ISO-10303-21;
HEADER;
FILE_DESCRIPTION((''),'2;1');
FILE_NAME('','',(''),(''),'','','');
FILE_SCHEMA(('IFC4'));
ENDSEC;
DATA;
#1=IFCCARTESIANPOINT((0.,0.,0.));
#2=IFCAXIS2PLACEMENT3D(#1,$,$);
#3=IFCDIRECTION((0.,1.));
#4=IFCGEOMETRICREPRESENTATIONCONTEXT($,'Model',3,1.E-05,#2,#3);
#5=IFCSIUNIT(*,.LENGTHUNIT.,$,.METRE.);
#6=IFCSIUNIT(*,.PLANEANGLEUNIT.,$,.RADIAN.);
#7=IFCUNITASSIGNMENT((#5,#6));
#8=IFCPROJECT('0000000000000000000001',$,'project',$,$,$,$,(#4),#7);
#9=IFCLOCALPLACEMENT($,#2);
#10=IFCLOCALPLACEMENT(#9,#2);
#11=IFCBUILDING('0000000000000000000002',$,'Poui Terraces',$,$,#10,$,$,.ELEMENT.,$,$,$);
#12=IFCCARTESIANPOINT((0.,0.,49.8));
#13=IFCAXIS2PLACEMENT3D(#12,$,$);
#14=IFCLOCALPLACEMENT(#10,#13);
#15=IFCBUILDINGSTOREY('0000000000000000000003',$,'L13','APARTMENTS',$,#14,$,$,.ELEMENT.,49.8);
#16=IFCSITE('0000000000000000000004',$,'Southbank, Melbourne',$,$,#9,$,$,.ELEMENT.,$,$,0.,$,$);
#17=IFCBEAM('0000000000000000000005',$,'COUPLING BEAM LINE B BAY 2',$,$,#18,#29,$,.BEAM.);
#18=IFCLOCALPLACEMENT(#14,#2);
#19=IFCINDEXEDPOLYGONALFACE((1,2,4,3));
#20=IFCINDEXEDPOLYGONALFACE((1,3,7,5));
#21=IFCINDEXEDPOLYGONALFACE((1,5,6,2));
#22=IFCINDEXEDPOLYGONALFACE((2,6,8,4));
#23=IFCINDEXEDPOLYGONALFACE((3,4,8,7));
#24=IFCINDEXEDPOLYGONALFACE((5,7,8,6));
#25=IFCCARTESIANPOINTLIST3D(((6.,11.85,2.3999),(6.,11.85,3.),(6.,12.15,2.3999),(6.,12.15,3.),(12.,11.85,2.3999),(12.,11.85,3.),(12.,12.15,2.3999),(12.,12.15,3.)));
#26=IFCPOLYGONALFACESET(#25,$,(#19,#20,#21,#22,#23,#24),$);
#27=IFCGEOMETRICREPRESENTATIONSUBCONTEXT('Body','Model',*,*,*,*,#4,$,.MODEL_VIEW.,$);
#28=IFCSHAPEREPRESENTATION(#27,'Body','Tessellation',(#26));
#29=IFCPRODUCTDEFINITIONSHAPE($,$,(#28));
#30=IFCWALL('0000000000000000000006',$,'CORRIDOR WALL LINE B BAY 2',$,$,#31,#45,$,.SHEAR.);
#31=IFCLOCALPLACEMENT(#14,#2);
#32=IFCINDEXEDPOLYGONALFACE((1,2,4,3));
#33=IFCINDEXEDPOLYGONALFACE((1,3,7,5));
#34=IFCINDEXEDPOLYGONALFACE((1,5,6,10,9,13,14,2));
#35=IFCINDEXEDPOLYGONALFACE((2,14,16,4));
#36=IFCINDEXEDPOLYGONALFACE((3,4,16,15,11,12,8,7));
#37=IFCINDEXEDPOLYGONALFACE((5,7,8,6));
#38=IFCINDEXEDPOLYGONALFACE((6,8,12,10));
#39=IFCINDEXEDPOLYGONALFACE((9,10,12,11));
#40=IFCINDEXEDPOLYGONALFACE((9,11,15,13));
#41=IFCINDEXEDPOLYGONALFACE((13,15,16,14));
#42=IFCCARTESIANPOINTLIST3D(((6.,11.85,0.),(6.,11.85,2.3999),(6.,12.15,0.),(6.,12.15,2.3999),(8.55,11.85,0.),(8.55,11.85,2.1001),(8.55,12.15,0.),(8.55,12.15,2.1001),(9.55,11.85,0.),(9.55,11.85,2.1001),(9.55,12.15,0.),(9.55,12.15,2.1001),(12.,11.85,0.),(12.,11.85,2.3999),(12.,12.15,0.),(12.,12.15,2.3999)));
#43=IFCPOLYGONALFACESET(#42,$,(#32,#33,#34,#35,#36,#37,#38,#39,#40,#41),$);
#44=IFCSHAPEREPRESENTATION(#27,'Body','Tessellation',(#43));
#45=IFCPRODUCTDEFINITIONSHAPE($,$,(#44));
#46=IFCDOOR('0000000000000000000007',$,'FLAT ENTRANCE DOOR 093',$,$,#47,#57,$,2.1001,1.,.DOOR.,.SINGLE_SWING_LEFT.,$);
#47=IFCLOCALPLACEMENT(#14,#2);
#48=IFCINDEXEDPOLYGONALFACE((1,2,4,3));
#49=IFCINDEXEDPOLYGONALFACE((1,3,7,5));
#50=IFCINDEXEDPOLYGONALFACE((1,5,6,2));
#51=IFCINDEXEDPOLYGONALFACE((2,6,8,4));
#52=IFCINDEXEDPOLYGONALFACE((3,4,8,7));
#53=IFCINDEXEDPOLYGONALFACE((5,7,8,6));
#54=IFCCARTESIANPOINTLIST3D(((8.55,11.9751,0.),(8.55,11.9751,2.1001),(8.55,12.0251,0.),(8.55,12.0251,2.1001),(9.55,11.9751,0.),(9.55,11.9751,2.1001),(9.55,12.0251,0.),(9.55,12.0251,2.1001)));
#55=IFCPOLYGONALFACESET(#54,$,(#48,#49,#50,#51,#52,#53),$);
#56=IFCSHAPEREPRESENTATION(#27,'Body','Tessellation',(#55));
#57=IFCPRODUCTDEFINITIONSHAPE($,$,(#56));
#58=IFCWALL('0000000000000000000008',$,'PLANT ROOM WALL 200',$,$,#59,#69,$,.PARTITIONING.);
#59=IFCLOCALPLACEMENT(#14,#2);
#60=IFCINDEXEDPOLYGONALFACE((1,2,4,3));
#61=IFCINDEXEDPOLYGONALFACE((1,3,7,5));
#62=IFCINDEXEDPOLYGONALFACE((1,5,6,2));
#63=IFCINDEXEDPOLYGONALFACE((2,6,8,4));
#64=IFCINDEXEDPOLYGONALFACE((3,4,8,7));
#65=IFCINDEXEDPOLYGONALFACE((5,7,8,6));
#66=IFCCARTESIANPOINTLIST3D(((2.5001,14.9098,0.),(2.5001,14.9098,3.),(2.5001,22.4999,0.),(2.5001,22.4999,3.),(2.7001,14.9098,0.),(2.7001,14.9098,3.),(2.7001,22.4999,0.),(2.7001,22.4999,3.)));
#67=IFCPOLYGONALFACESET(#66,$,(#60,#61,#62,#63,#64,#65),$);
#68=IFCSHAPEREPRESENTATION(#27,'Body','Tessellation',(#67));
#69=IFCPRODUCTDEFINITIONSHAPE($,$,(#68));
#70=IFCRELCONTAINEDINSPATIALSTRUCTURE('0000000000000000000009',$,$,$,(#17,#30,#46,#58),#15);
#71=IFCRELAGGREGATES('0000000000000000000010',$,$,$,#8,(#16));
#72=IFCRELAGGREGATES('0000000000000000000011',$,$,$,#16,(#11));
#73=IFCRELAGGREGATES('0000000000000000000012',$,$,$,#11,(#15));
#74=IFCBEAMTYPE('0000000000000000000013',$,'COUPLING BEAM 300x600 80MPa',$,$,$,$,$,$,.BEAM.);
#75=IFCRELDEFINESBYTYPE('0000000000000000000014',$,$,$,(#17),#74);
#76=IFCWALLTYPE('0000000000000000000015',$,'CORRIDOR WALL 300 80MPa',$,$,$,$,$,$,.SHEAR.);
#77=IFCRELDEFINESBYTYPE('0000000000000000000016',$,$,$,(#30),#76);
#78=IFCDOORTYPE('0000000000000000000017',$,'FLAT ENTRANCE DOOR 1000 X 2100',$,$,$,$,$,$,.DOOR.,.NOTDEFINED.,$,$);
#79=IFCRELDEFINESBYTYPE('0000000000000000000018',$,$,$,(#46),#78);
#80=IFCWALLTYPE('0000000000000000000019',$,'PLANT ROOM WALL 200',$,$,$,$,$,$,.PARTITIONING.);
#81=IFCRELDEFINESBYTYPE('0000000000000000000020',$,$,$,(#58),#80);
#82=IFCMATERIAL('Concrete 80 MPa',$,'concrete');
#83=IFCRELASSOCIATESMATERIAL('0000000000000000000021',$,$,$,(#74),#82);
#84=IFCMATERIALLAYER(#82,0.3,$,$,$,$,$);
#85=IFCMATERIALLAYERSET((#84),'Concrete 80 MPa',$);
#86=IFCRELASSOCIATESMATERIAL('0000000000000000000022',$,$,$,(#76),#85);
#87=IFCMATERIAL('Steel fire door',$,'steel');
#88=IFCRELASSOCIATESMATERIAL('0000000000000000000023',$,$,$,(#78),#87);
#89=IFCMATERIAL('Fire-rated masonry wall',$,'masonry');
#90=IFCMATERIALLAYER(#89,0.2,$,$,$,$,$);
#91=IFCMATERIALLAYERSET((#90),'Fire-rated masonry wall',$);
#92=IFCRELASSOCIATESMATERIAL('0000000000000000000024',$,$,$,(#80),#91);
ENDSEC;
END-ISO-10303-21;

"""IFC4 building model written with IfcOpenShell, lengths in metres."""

from ifc_helpers import new_model, si_unit, direction, frame, frame_2d, origin, origin_2d, place, context, subcontext, project, spatial, rectangle, extrude, source, transform, mapped, material, layer, layer_set, material_profile, profile_set, type_object, element, fill, save


model = new_model("IFC4")

# Units and contexts
model_context = context("Model", 3, precision=1e-05, world=origin(), true_north=direction((0.0, 1.0)))
body_context = subcontext(model_context, "Body", "Model", "MODEL_VIEW")
ifc_project = project(units=[si_unit("LENGTHUNIT", "METRE"), si_unit("PLANEANGLEUNIT", "RADIAN")], contexts=[model_context])

# Site, building, storey
site_placement = place(None, origin())
site = spatial("IfcSite", under=ifc_project, at=site_placement, Name="Southbank, Melbourne", CompositionType="ELEMENT", RefElevation=0.0)
building_placement = place(site_placement, origin())
building = spatial("IfcBuilding", under=site, at=building_placement, Name="Poui Terraces", CompositionType="ELEMENT")
storey_placement = place(building_placement, frame((0.0, 0.0, 49.8)))
storey = spatial("IfcBuildingStorey", under=building, at=storey_placement, Name="L13", Description="APARTMENTS", CompositionType="ELEMENT", Elevation=49.8)

# Beam
ifc_material_1 = material(Name="Concrete 80 MPa", Category="concrete")
ifc_material_profile = material_profile(ifc_material_1, rectangle(XDim=0.3, YDim=0.6001, at=origin_2d()), Name="RC 300x600")
ifc_profile_set = profile_set([ifc_material_profile], Name="Concrete 80 MPa")
beam_type = type_object("IfcBeamType", Name="COUPLING BEAM 300x600 80MPa", PredefinedType="BEAM", material=ifc_profile_set)
shared_shape = source(origin(), body_context, "Body", "SweptSolid", [
    extrude(rectangle(XDim=0.3, YDim=0.6001, at=origin_2d()), origin(), (0.0, 0.0, 1.0), 6.0),
])
beam_placement = place(storey_placement, frame((6.0, 12.0, 2.7), z_axis=(1.0, 0.0, 0.0), x_axis=(0.0, 1.0, 0.0)))
element("IfcBeam", 1, at=beam_placement, inside=storey, type_object=beam_type, Name="COUPLING BEAM LINE B BAY 2", PredefinedType="BEAM", context=body_context, shape_type="MappedRepresentation", body=[
    mapped(shared_shape, transform((0.0, 0.0, 0.0))),
])

# Wall, opening, door
ifc_layer_1 = layer(ifc_material_1, 0.3)
ifc_layer_set_1 = layer_set([ifc_layer_1], Name="Concrete 80 MPa")
wall_type_1 = type_object("IfcWallType", Name="CORRIDOR WALL 300 80MPa", PredefinedType="SHEAR", material=ifc_layer_set_1)
wall_1_placement = place(storey_placement, frame((6.0, 12.0, 0.0), z_axis=(0.0, 0.0, 1.0), x_axis=(1.0, 0.0, 0.0)))
wall_1 = element("IfcWall", 2, at=wall_1_placement, inside=storey, type_object=wall_type_1, Name="CORRIDOR WALL LINE B BAY 2", PredefinedType="SHEAR", context=body_context, shape_type="SweptSolid", body=[
    extrude(rectangle(XDim=6.0, YDim=0.3, at=frame_2d((3.0, 0.0))), origin(), (0.0, 0.0, 1.0), 2.3999),
])
opening_1_placement = place(wall_1_placement, frame((2.55, 0.0, 0.0)))
opening_1 = element("IfcOpeningElement", 3, at=opening_1_placement, cuts=wall_1, PredefinedType="OPENING", context=body_context, shape_type="SweptSolid", body=[
    extrude(rectangle(XDim=1.0, YDim=2.1001, at=frame_2d((0.5, 1.05))), frame((0.0, 0.1602, 0.0), z_axis=(0.0, -1.0, 0.0), x_axis=(1.0, 0.0, 0.0)), (0.0, 0.0, 1.0), 0.3201),
])
ifc_material_2 = material(Name="Steel fire door", Category="steel")
door_type_1 = type_object("IfcDoorType", Name="FLAT ENTRANCE DOOR 1000 X 2100", OperationType="NOTDEFINED", PredefinedType="DOOR", material=ifc_material_2)
door_1_placement = place(opening_1_placement, frame((1.0, 0.0, 0.0), z_axis=(0.0, 0.0, 1.0), x_axis=(-1.0, 0.0, 0.0)))
door_1 = element("IfcDoor", 4, at=door_1_placement, inside=storey, type_object=door_type_1, Name="FLAT ENTRANCE DOOR 093", OperationType="SINGLE_SWING_LEFT", OverallHeight=2.1001, OverallWidth=1.0, PredefinedType="DOOR", context=body_context, shape_type="SweptSolid", body=[
    extrude(rectangle(XDim=1.0, YDim=2.1001, at=frame_2d((0.5, 1.05))), frame((0.0, 0.0249, 0.0), z_axis=(0.0, -1.0, 0.0), x_axis=(1.0, 0.0, 0.0)), (0.0, 0.0, 1.0), 0.05),
])
fill(opening_1, door_1)

# Wall
ifc_material_3 = material(Name="Fire-rated masonry wall", Category="masonry")
ifc_layer_2 = layer(ifc_material_3, 0.2)
ifc_layer_set_2 = layer_set([ifc_layer_2], Name="Fire-rated masonry wall")
wall_type_2 = type_object("IfcWallType", Name="PLANT ROOM WALL 200", PredefinedType="PARTITIONING", material=ifc_layer_set_2)
wall_2_placement = place(storey_placement, frame((2.6001, 14.9099, 0.0), z_axis=(0.0, 0.0, 1.0), x_axis=(0.0, 1.0, 0.0)))
element("IfcWall", 5, at=wall_2_placement, inside=storey, type_object=wall_type_2, Name="PLANT ROOM WALL 200", PredefinedType="PARTITIONING", context=body_context, shape_type="SweptSolid", body=[
    extrude(rectangle(XDim=7.5901, YDim=0.2, at=frame_2d((3.7949, 0.0))), origin(), (0.0, 0.0, 1.0), 3.0),
])

save(model, "model.ifc")
